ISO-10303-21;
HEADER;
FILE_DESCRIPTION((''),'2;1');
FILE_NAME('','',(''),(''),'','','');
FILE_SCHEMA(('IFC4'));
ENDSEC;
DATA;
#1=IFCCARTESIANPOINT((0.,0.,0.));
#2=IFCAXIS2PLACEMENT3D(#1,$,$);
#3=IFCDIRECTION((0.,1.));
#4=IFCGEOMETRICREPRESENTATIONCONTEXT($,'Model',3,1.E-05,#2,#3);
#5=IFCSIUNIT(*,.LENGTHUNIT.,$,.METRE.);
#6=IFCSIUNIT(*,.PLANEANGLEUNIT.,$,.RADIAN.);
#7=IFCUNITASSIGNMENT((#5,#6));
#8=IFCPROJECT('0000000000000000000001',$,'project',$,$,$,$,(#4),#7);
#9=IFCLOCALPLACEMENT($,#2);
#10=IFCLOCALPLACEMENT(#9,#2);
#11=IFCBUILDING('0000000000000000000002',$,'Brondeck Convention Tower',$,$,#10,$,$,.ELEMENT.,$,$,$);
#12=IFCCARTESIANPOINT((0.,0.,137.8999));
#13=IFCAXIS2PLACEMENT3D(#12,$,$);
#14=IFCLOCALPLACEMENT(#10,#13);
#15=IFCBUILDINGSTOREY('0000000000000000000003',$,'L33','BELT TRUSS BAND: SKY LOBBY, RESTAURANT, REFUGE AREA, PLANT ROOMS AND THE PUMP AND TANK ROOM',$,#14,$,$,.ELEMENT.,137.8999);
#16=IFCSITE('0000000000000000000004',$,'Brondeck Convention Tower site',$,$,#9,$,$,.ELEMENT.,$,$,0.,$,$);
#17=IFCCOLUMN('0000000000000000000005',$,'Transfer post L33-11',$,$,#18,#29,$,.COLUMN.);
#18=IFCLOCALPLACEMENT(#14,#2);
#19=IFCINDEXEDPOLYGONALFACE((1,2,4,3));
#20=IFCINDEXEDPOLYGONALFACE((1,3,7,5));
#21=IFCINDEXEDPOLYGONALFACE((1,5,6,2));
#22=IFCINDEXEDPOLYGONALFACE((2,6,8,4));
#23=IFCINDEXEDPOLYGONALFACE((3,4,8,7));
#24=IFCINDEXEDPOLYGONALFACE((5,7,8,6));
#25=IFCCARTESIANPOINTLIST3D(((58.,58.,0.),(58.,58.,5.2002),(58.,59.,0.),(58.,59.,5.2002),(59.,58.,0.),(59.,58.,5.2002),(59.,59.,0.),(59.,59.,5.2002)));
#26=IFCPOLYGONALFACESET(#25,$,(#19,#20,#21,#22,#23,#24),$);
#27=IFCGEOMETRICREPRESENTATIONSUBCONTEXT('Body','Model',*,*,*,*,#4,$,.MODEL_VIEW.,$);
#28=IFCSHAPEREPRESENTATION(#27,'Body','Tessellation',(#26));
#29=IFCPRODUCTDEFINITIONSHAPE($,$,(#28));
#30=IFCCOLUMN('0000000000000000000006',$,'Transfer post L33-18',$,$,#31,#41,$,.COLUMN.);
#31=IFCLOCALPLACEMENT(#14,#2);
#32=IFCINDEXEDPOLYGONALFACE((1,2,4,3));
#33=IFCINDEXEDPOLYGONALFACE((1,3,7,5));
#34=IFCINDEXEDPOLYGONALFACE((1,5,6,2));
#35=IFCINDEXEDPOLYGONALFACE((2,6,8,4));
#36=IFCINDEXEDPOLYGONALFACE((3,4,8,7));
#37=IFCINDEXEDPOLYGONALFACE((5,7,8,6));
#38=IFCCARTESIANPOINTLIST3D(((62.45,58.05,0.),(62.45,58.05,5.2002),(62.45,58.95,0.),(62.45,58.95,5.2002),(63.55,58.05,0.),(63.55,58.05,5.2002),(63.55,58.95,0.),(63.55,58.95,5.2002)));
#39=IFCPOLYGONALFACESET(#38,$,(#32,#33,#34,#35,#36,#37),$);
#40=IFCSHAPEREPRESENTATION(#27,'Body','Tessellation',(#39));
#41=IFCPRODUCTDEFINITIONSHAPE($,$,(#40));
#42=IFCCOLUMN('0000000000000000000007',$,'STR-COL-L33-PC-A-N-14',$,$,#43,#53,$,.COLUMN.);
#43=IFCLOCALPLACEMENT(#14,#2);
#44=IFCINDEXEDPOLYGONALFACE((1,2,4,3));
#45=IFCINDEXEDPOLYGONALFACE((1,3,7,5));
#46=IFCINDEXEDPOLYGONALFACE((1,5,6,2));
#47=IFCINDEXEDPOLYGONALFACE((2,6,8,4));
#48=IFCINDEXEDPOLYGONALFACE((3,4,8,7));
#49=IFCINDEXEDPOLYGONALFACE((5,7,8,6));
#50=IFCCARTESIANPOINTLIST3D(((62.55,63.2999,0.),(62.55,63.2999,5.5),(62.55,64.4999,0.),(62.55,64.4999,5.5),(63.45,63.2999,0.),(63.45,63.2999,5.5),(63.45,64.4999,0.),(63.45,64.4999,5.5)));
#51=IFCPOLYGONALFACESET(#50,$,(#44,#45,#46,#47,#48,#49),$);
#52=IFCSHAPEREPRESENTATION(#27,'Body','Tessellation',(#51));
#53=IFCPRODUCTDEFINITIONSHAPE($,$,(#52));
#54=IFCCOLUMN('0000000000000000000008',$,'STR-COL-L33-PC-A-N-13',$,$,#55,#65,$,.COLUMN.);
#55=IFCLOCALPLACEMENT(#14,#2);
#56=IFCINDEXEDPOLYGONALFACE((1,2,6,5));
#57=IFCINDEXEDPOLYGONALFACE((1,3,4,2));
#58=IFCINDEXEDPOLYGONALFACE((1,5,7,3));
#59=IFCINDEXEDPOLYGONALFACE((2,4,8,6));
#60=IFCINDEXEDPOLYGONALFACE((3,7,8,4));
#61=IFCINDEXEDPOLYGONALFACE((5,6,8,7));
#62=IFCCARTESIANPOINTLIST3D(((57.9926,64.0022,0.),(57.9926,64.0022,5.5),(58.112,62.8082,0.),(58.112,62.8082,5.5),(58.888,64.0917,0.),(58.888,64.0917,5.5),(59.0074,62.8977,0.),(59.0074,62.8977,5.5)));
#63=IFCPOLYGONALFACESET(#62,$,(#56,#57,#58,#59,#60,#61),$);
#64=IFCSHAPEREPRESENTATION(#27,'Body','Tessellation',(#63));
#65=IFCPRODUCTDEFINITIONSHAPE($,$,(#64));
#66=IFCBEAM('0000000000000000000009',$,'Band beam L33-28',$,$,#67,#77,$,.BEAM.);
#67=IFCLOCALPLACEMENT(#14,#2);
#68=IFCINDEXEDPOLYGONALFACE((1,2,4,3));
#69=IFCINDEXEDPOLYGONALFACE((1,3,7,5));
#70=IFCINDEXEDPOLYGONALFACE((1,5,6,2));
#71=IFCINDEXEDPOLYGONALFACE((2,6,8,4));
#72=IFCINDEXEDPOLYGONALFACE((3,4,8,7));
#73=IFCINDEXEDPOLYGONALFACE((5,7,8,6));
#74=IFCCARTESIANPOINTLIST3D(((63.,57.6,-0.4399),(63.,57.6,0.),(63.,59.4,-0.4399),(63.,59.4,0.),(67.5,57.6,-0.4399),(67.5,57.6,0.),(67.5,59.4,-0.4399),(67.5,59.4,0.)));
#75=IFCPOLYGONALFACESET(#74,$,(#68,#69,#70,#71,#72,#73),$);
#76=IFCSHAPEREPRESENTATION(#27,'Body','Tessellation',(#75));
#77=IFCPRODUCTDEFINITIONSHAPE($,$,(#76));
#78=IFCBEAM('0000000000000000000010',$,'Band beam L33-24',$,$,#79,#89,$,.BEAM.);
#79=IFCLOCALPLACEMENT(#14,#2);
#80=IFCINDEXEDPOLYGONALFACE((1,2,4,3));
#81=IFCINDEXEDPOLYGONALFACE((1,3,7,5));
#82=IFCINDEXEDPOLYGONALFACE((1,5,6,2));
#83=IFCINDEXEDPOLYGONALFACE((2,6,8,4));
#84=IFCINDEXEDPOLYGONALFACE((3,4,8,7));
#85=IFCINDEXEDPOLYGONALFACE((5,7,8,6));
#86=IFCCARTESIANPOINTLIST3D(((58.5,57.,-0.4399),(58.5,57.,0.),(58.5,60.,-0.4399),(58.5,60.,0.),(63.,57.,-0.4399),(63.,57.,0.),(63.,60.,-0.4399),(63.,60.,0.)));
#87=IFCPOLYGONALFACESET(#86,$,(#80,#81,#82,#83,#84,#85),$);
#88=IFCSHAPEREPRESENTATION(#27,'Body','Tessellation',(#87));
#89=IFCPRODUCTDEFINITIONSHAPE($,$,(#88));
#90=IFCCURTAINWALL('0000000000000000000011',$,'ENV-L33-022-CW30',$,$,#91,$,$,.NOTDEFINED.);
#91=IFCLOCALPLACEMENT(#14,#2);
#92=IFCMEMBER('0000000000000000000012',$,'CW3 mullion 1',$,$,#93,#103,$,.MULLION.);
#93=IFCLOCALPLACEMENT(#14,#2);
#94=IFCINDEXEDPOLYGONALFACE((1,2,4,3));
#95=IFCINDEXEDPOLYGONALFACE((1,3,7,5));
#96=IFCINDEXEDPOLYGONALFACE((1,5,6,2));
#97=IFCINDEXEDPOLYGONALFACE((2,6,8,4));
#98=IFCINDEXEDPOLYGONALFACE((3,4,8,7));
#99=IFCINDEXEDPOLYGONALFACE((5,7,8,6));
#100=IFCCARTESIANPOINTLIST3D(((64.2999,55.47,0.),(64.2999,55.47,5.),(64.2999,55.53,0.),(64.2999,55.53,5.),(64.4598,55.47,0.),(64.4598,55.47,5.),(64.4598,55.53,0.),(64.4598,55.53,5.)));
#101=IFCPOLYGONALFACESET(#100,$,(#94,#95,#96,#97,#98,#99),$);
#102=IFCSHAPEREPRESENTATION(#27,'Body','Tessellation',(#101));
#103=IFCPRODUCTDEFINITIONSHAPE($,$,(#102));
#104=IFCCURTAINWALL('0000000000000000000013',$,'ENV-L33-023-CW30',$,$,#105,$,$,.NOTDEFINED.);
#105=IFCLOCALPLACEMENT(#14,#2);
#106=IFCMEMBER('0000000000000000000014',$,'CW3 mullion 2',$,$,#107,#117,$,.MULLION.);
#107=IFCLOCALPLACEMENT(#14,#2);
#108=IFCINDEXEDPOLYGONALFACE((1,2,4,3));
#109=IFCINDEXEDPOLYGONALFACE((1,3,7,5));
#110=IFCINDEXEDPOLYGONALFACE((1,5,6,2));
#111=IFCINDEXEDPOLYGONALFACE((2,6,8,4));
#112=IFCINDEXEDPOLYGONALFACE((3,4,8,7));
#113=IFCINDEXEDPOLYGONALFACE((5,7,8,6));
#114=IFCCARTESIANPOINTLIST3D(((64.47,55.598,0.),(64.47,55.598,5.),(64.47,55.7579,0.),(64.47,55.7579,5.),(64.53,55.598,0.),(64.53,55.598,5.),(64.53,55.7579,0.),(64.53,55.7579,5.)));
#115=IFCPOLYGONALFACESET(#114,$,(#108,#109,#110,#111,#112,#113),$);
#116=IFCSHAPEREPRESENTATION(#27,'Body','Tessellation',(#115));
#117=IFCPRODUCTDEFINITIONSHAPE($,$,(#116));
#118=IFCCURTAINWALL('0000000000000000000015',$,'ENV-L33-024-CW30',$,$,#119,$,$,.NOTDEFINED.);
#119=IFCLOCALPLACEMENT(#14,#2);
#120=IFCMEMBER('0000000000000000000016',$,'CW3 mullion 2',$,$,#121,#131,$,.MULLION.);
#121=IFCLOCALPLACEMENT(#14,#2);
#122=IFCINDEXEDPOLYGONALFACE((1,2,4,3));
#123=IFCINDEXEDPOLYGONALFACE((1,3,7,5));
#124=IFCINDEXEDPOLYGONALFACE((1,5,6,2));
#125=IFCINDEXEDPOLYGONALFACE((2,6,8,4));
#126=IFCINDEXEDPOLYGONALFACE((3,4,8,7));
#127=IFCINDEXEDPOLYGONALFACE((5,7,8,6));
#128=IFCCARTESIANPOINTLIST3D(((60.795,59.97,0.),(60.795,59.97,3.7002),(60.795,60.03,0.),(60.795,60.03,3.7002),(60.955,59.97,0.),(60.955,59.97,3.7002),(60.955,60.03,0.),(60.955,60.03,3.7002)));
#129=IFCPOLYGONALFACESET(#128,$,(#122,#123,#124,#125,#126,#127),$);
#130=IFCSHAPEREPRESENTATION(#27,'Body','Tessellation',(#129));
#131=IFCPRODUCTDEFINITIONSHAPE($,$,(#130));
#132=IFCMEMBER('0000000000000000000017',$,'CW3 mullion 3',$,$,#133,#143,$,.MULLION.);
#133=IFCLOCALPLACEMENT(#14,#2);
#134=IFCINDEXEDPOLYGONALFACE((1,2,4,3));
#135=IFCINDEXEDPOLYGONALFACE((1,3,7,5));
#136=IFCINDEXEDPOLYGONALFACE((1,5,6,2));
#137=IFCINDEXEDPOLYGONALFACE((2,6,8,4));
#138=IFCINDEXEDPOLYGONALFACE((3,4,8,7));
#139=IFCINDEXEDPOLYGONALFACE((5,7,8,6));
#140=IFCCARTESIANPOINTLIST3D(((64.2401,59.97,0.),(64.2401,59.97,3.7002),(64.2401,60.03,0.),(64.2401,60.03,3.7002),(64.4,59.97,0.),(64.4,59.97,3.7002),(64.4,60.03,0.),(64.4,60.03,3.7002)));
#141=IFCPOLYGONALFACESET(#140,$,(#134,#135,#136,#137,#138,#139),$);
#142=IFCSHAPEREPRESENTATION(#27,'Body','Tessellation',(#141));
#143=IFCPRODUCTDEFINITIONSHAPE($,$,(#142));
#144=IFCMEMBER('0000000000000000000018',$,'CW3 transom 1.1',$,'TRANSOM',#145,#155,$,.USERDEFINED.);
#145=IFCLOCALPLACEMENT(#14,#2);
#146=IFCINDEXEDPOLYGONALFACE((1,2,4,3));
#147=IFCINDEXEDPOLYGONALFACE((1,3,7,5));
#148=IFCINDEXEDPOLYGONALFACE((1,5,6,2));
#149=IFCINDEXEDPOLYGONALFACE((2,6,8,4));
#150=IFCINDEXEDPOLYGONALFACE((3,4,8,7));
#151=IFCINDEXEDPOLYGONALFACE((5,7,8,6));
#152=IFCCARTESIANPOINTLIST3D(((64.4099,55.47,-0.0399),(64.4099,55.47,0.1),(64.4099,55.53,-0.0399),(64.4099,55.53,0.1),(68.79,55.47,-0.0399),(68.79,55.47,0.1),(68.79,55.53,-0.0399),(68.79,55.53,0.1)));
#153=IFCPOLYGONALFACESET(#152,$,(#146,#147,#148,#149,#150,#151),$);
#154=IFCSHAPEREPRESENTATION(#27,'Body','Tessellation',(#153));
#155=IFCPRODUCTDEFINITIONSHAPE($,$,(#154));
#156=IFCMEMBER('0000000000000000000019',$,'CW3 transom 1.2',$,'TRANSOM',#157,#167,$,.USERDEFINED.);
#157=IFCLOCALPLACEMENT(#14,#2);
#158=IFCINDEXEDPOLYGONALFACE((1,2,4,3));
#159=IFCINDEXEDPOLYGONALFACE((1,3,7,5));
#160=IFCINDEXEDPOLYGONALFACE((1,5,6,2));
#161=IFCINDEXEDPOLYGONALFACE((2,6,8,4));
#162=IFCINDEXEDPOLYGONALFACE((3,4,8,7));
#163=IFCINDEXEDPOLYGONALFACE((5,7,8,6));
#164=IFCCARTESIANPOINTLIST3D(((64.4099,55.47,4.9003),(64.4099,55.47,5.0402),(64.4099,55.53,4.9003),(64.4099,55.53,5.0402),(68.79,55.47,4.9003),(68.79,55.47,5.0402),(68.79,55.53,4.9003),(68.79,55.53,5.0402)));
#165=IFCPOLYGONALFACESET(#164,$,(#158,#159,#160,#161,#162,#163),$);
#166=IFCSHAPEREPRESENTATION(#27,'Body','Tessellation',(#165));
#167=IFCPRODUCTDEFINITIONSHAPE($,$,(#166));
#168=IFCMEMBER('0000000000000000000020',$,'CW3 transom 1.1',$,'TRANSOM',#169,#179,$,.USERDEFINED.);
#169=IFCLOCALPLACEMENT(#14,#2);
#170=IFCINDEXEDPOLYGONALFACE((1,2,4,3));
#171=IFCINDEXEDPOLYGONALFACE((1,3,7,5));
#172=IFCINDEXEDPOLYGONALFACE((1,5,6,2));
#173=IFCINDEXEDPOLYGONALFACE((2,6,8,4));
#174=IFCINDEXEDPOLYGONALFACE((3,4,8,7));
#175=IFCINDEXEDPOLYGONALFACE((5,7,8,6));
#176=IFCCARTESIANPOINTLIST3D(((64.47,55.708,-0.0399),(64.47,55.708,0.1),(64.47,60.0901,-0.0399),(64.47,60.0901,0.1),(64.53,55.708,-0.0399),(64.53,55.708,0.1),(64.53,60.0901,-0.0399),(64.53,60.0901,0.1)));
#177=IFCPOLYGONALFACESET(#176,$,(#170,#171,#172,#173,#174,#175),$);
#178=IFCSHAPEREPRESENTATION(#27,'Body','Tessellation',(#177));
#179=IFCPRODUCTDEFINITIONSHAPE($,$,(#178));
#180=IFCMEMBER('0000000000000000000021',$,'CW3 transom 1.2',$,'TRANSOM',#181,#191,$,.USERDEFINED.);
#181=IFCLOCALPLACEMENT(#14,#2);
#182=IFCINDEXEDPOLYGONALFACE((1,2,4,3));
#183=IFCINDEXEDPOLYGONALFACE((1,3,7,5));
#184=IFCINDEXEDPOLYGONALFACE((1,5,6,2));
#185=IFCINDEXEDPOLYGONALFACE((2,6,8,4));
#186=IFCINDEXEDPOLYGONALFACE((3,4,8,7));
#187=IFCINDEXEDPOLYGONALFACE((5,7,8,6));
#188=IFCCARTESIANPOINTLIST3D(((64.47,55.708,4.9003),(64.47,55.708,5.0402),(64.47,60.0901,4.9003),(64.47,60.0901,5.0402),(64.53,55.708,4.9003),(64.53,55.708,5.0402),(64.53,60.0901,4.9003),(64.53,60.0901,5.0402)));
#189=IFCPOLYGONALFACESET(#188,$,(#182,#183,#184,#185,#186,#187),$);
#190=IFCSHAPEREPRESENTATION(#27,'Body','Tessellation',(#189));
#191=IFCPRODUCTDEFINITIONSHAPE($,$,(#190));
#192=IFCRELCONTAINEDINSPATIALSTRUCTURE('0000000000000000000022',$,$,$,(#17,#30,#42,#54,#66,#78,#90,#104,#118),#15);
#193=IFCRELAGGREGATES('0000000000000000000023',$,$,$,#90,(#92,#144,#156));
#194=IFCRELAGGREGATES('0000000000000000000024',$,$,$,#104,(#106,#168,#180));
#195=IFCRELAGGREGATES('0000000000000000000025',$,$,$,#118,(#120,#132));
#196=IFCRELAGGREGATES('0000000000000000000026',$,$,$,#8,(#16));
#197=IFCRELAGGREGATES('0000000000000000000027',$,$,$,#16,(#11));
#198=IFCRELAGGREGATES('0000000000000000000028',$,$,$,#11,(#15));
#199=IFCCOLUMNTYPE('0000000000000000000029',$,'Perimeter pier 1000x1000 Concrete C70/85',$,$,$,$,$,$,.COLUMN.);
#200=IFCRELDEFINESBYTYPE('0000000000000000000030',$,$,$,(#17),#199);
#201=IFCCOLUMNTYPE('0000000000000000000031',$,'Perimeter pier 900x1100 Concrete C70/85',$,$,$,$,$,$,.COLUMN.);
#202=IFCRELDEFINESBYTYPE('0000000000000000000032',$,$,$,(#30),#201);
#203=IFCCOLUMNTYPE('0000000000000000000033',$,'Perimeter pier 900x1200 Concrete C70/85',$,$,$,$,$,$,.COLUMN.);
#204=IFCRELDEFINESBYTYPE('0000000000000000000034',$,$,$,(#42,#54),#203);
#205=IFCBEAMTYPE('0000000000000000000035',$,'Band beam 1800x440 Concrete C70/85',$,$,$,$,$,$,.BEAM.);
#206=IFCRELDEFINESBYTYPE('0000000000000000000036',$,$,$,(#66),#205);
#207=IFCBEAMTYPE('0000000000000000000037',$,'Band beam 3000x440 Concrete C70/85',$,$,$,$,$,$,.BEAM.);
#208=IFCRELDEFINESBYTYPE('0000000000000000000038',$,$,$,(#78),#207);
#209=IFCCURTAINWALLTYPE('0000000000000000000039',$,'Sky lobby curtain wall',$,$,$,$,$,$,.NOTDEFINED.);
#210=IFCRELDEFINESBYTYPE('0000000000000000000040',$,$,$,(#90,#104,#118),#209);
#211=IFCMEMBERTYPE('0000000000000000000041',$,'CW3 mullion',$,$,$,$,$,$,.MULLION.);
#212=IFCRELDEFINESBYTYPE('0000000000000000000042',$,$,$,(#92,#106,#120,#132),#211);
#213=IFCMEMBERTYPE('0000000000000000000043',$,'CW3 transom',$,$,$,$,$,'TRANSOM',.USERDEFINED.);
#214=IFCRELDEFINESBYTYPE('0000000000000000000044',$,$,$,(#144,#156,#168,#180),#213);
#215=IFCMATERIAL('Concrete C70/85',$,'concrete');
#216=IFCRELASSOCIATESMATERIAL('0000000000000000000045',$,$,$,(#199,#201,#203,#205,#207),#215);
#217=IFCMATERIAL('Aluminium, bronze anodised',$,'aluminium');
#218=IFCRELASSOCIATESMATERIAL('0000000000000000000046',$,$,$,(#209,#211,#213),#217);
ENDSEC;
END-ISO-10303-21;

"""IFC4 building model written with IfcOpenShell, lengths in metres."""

from ifc_helpers import new_model, si_unit, direction, frame, origin, origin_2d, place, context, subcontext, project, spatial, rectangle, extrude, material, material_profile, profile_set, type_object, element, aggregate, save


model = new_model("IFC4")

# Units and contexts
model_context = context("Model", 3, precision=1e-05, world=origin(), true_north=direction((0.0, 1.0)))
body_context = subcontext(model_context, "Body", "Model", "MODEL_VIEW")
ifc_project = project(units=[si_unit("LENGTHUNIT", "METRE"), si_unit("PLANEANGLEUNIT", "RADIAN")], contexts=[model_context])

# Site, building, storey
site_placement = place(None, origin())
site = spatial("IfcSite", under=ifc_project, at=site_placement, Name="Brondeck Convention Tower site", CompositionType="ELEMENT", RefElevation=0.0)
building_placement = place(site_placement, origin())
building = spatial("IfcBuilding", under=site, at=building_placement, Name="Brondeck Convention Tower", CompositionType="ELEMENT")
storey_placement = place(building_placement, frame((0.0, 0.0, 137.8999)))
storey = spatial("IfcBuildingStorey", under=building, at=storey_placement, Name="L33", Description="BELT TRUSS BAND: SKY LOBBY, RESTAURANT, REFUGE AREA, PLANT ROOMS AND THE PUMP AND TANK ROOM", CompositionType="ELEMENT", Elevation=137.8999)

# Columns
ifc_material_1 = material(Name="Concrete C70/85", Category="concrete")
ifc_material_profile_1 = material_profile(ifc_material_1, rectangle(XDim=1.0, YDim=1.0, at=origin_2d()), Name="Perimeter pier 1000x1000 Concrete C70/85")
ifc_profile_set_1 = profile_set([ifc_material_profile_1], Name="Concrete C70/85")
column_type_1 = type_object("IfcColumnType", Name="Perimeter pier 1000x1000 Concrete C70/85", PredefinedType="COLUMN", material=ifc_profile_set_1)
column_1_placement = place(storey_placement, frame((58.5, 58.5, 0.0), z_axis=(0.0, 0.0, 1.0), x_axis=(1.0, 0.0, 0.0)))
element("IfcColumn", 1, at=column_1_placement, inside=storey, type_object=column_type_1, Name="Transfer post L33-11", PredefinedType="COLUMN", context=body_context, shape_type="SweptSolid", body=[
    extrude(rectangle(XDim=1.0, YDim=1.0, at=origin_2d()), origin(), (0.0, 0.0, 1.0), 5.2002),
])
ifc_material_profile_2 = material_profile(ifc_material_1, rectangle(XDim=0.8999, YDim=1.1001, at=origin_2d()), Name="Perimeter pier 900x1100 Concrete C70/85")
ifc_profile_set_2 = profile_set([ifc_material_profile_2], Name="Concrete C70/85")
column_type_2 = type_object("IfcColumnType", Name="Perimeter pier 900x1100 Concrete C70/85", PredefinedType="COLUMN", material=ifc_profile_set_2)
column_2_placement = place(storey_placement, frame((63.0, 58.5, 0.0), z_axis=(0.0, 0.0, 1.0), x_axis=(0.0, 1.0, 0.0)))
element("IfcColumn", 2, at=column_2_placement, inside=storey, type_object=column_type_2, Name="Transfer post L33-18", PredefinedType="COLUMN", context=body_context, shape_type="SweptSolid", body=[
    extrude(rectangle(XDim=0.8999, YDim=1.1001, at=origin_2d()), origin(), (0.0, 0.0, 1.0), 5.2002),
])
ifc_material_profile_3 = material_profile(ifc_material_1, rectangle(XDim=0.8999, YDim=1.2, at=origin_2d()), Name="Perimeter pier 900x1200 Concrete C70/85")
ifc_profile_set_3 = profile_set([ifc_material_profile_3], Name="Concrete C70/85")
column_type_3 = type_object("IfcColumnType", Name="Perimeter pier 900x1200 Concrete C70/85", PredefinedType="COLUMN", material=ifc_profile_set_3)
for number, where, z_axis, x_axis, name in (
    (3, (63.0, 63.8999, 0.0), (0.0, 0.0, 1.0), (-1.0, 0.0, 0.0), "STR-COL-L33-PC-A-N-14"),
    (4, (58.5, 63.45, 0.0), (0.0, 0.0, 1.0), (-0.995037, -0.099504, 0.0), "STR-COL-L33-PC-A-N-13"),
):
    element("IfcColumn", number, at=place(storey_placement, frame(where, z_axis=z_axis, x_axis=x_axis)), inside=storey, type_object=column_type_3, Name=name, PredefinedType="COLUMN", context=body_context, shape_type="SweptSolid", body=[
        extrude(rectangle(XDim=0.8999, YDim=1.2, at=origin_2d()), origin(), (0.0, 0.0, 1.0), 5.5),
    ])

# Beams
ifc_material_profile_4 = material_profile(ifc_material_1, rectangle(XDim=1.8, YDim=0.4399, at=origin_2d()), Name="Band beam 1800x440 Concrete C70/85")
ifc_profile_set_4 = profile_set([ifc_material_profile_4], Name="Concrete C70/85")
beam_type_1 = type_object("IfcBeamType", Name="Band beam 1800x440 Concrete C70/85", PredefinedType="BEAM", material=ifc_profile_set_4)
beam_1_placement = place(storey_placement, frame((63.0, 58.5, -0.22), z_axis=(1.0, 0.0, 0.0), x_axis=(0.0, 1.0, 0.0)))
element("IfcBeam", 5, at=beam_1_placement, inside=storey, type_object=beam_type_1, Name="Band beam L33-28", PredefinedType="BEAM", context=body_context, shape_type="SweptSolid", body=[
    extrude(rectangle(XDim=1.8, YDim=0.4399, at=origin_2d()), origin(), (0.0, 0.0, 1.0), 4.5),
])
ifc_material_profile_5 = material_profile(ifc_material_1, rectangle(XDim=3.0, YDim=0.4399, at=origin_2d()), Name="Band beam 3000x440 Concrete C70/85")
ifc_profile_set_5 = profile_set([ifc_material_profile_5], Name="Concrete C70/85")
beam_type_2 = type_object("IfcBeamType", Name="Band beam 3000x440 Concrete C70/85", PredefinedType="BEAM", material=ifc_profile_set_5)
beam_2_placement = place(storey_placement, frame((58.5, 58.5, -0.22), z_axis=(1.0, 0.0, 0.0), x_axis=(0.0, 1.0, 0.0)))
element("IfcBeam", 6, at=beam_2_placement, inside=storey, type_object=beam_type_2, Name="Band beam L33-24", PredefinedType="BEAM", context=body_context, shape_type="SweptSolid", body=[
    extrude(rectangle(XDim=3.0, YDim=0.4399, at=origin_2d()), origin(), (0.0, 0.0, 1.0), 4.5),
])

# Curtain walls, members
ifc_material_2 = material(Name="Aluminium, bronze anodised", Category="aluminium")
curtain_wall_type = type_object("IfcCurtainWallType", Name="Sky lobby curtain wall", PredefinedType="NOTDEFINED", material=ifc_material_2)
curtain_wall_1_placement = place(storey_placement, origin())
curtain_wall_1 = element("IfcCurtainWall", 7, at=curtain_wall_1_placement, inside=storey, type_object=curtain_wall_type, Name="ENV-L33-022-CW30", PredefinedType="NOTDEFINED")
ifc_material_profile_6 = material_profile(ifc_material_2, rectangle(XDim=0.0601, YDim=0.1599, at=origin_2d()), Name="CW3 mullion")
ifc_profile_set_6 = profile_set([ifc_material_profile_6], Name="Aluminium, bronze anodised")
member_type_1 = type_object("IfcMemberType", Name="CW3 mullion", PredefinedType="MULLION", material=ifc_profile_set_6)
member_1_placement = place(storey_placement, frame((64.3799, 55.5, 0.0), z_axis=(0.0, 0.0, 1.0), x_axis=(0.0, 1.0, 0.0)))
member_1 = element("IfcMember", 8, at=member_1_placement, type_object=member_type_1, Name="CW3 mullion 1", PredefinedType="MULLION", context=body_context, shape_type="SweptSolid", body=[
    extrude(rectangle(XDim=0.0601, YDim=0.1599, at=origin_2d()), origin(), (0.0, 0.0, 1.0), 5.0),
])
curtain_wall_2_placement = place(storey_placement, origin())
curtain_wall_2 = element("IfcCurtainWall", 9, at=curtain_wall_2_placement, inside=storey, type_object=curtain_wall_type, Name="ENV-L33-023-CW30", PredefinedType="NOTDEFINED")
member_2_placement = place(storey_placement, frame((64.5, 55.678, 0.0), z_axis=(0.0, 0.0, 1.0), x_axis=(1.0, 0.0, 0.0)))
member_2 = element("IfcMember", 10, at=member_2_placement, type_object=member_type_1, Name="CW3 mullion 2", PredefinedType="MULLION", context=body_context, shape_type="SweptSolid", body=[
    extrude(rectangle(XDim=0.0601, YDim=0.1599, at=origin_2d()), origin(), (0.0, 0.0, 1.0), 5.0),
])

# Curtain wall, members
curtain_wall_3_placement = place(storey_placement, origin())
curtain_wall_3 = element("IfcCurtainWall", 11, at=curtain_wall_3_placement, inside=storey, type_object=curtain_wall_type, Name="ENV-L33-024-CW30", PredefinedType="NOTDEFINED")
member_3_placement = place(storey_placement, frame((60.875, 60.0, 0.0), z_axis=(0.0, 0.0, 1.0), x_axis=(0.0, 1.0, 0.0)))
member_3 = element("IfcMember", 12, at=member_3_placement, type_object=member_type_1, Name="CW3 mullion 2", PredefinedType="MULLION", context=body_context, shape_type="SweptSolid", body=[
    extrude(rectangle(XDim=0.0601, YDim=0.1599, at=origin_2d()), origin(), (0.0, 0.0, 1.0), 3.7002),
])
member_4_placement = place(storey_placement, frame((64.3201, 60.0, 0.0), z_axis=(0.0, 0.0, 1.0), x_axis=(0.0, 1.0, 0.0)))
member_4 = element("IfcMember", 13, at=member_4_placement, type_object=member_type_1, Name="CW3 mullion 3", PredefinedType="MULLION", context=body_context, shape_type="SweptSolid", body=[
    extrude(rectangle(XDim=0.0601, YDim=0.1599, at=origin_2d()), origin(), (0.0, 0.0, 1.0), 3.7002),
])

# Members
ifc_material_profile_7 = material_profile(ifc_material_2, rectangle(XDim=0.0601, YDim=0.1399, at=origin_2d()), Name="CW3 transom")
ifc_profile_set_7 = profile_set([ifc_material_profile_7], Name="Aluminium, bronze anodised")
member_type_2 = type_object("IfcMemberType", Name="CW3 transom", ElementType="TRANSOM", PredefinedType="USERDEFINED", material=ifc_profile_set_7)
member_5_placement = place(storey_placement, frame((64.4099, 55.5, 0.03), z_axis=(1.0, 0.0, 0.0), x_axis=(0.0, 1.0, 0.0)))
member_5 = element("IfcMember", 14, at=member_5_placement, type_object=member_type_2, Name="CW3 transom 1.1", ObjectType="TRANSOM", PredefinedType="USERDEFINED", context=body_context, shape_type="SweptSolid", body=[
    extrude(rectangle(XDim=0.0601, YDim=0.1399, at=origin_2d()), origin(), (0.0, 0.0, 1.0), 4.3801),
])
member_6_placement = place(storey_placement, frame((64.4099, 55.5, 4.9702), z_axis=(1.0, 0.0, 0.0), x_axis=(0.0, 1.0, 0.0)))
member_6 = element("IfcMember", 15, at=member_6_placement, type_object=member_type_2, Name="CW3 transom 1.2", ObjectType="TRANSOM", PredefinedType="USERDEFINED", context=body_context, shape_type="SweptSolid", body=[
    extrude(rectangle(XDim=0.0601, YDim=0.1399, at=origin_2d()), origin(), (0.0, 0.0, 1.0), 4.3801),
])
aggregate(curtain_wall_1, [member_1, member_5, member_6])
member_7_placement = place(storey_placement, frame((64.5, 60.0901, 0.03), z_axis=(0.0, -1.0, 0.0), x_axis=(1.0, 0.0, 0.0)))
member_7 = element("IfcMember", 16, at=member_7_placement, type_object=member_type_2, Name="CW3 transom 1.1", ObjectType="TRANSOM", PredefinedType="USERDEFINED", context=body_context, shape_type="SweptSolid", body=[
    extrude(rectangle(XDim=0.0601, YDim=0.1399, at=origin_2d()), origin(), (0.0, 0.0, 1.0), 4.3821),
])
member_8_placement = place(storey_placement, frame((64.5, 60.0901, 4.9702), z_axis=(0.0, -1.0, 0.0), x_axis=(1.0, 0.0, 0.0)))
member_8 = element("IfcMember", 17, at=member_8_placement, type_object=member_type_2, Name="CW3 transom 1.2", ObjectType="TRANSOM", PredefinedType="USERDEFINED", context=body_context, shape_type="SweptSolid", body=[
    extrude(rectangle(XDim=0.0601, YDim=0.1399, at=origin_2d()), origin(), (0.0, 0.0, 1.0), 4.3821),
])

aggregate(curtain_wall_2, [member_2, member_7, member_8])
aggregate(curtain_wall_3, [member_3, member_4])

save(model, "model.ifc")
